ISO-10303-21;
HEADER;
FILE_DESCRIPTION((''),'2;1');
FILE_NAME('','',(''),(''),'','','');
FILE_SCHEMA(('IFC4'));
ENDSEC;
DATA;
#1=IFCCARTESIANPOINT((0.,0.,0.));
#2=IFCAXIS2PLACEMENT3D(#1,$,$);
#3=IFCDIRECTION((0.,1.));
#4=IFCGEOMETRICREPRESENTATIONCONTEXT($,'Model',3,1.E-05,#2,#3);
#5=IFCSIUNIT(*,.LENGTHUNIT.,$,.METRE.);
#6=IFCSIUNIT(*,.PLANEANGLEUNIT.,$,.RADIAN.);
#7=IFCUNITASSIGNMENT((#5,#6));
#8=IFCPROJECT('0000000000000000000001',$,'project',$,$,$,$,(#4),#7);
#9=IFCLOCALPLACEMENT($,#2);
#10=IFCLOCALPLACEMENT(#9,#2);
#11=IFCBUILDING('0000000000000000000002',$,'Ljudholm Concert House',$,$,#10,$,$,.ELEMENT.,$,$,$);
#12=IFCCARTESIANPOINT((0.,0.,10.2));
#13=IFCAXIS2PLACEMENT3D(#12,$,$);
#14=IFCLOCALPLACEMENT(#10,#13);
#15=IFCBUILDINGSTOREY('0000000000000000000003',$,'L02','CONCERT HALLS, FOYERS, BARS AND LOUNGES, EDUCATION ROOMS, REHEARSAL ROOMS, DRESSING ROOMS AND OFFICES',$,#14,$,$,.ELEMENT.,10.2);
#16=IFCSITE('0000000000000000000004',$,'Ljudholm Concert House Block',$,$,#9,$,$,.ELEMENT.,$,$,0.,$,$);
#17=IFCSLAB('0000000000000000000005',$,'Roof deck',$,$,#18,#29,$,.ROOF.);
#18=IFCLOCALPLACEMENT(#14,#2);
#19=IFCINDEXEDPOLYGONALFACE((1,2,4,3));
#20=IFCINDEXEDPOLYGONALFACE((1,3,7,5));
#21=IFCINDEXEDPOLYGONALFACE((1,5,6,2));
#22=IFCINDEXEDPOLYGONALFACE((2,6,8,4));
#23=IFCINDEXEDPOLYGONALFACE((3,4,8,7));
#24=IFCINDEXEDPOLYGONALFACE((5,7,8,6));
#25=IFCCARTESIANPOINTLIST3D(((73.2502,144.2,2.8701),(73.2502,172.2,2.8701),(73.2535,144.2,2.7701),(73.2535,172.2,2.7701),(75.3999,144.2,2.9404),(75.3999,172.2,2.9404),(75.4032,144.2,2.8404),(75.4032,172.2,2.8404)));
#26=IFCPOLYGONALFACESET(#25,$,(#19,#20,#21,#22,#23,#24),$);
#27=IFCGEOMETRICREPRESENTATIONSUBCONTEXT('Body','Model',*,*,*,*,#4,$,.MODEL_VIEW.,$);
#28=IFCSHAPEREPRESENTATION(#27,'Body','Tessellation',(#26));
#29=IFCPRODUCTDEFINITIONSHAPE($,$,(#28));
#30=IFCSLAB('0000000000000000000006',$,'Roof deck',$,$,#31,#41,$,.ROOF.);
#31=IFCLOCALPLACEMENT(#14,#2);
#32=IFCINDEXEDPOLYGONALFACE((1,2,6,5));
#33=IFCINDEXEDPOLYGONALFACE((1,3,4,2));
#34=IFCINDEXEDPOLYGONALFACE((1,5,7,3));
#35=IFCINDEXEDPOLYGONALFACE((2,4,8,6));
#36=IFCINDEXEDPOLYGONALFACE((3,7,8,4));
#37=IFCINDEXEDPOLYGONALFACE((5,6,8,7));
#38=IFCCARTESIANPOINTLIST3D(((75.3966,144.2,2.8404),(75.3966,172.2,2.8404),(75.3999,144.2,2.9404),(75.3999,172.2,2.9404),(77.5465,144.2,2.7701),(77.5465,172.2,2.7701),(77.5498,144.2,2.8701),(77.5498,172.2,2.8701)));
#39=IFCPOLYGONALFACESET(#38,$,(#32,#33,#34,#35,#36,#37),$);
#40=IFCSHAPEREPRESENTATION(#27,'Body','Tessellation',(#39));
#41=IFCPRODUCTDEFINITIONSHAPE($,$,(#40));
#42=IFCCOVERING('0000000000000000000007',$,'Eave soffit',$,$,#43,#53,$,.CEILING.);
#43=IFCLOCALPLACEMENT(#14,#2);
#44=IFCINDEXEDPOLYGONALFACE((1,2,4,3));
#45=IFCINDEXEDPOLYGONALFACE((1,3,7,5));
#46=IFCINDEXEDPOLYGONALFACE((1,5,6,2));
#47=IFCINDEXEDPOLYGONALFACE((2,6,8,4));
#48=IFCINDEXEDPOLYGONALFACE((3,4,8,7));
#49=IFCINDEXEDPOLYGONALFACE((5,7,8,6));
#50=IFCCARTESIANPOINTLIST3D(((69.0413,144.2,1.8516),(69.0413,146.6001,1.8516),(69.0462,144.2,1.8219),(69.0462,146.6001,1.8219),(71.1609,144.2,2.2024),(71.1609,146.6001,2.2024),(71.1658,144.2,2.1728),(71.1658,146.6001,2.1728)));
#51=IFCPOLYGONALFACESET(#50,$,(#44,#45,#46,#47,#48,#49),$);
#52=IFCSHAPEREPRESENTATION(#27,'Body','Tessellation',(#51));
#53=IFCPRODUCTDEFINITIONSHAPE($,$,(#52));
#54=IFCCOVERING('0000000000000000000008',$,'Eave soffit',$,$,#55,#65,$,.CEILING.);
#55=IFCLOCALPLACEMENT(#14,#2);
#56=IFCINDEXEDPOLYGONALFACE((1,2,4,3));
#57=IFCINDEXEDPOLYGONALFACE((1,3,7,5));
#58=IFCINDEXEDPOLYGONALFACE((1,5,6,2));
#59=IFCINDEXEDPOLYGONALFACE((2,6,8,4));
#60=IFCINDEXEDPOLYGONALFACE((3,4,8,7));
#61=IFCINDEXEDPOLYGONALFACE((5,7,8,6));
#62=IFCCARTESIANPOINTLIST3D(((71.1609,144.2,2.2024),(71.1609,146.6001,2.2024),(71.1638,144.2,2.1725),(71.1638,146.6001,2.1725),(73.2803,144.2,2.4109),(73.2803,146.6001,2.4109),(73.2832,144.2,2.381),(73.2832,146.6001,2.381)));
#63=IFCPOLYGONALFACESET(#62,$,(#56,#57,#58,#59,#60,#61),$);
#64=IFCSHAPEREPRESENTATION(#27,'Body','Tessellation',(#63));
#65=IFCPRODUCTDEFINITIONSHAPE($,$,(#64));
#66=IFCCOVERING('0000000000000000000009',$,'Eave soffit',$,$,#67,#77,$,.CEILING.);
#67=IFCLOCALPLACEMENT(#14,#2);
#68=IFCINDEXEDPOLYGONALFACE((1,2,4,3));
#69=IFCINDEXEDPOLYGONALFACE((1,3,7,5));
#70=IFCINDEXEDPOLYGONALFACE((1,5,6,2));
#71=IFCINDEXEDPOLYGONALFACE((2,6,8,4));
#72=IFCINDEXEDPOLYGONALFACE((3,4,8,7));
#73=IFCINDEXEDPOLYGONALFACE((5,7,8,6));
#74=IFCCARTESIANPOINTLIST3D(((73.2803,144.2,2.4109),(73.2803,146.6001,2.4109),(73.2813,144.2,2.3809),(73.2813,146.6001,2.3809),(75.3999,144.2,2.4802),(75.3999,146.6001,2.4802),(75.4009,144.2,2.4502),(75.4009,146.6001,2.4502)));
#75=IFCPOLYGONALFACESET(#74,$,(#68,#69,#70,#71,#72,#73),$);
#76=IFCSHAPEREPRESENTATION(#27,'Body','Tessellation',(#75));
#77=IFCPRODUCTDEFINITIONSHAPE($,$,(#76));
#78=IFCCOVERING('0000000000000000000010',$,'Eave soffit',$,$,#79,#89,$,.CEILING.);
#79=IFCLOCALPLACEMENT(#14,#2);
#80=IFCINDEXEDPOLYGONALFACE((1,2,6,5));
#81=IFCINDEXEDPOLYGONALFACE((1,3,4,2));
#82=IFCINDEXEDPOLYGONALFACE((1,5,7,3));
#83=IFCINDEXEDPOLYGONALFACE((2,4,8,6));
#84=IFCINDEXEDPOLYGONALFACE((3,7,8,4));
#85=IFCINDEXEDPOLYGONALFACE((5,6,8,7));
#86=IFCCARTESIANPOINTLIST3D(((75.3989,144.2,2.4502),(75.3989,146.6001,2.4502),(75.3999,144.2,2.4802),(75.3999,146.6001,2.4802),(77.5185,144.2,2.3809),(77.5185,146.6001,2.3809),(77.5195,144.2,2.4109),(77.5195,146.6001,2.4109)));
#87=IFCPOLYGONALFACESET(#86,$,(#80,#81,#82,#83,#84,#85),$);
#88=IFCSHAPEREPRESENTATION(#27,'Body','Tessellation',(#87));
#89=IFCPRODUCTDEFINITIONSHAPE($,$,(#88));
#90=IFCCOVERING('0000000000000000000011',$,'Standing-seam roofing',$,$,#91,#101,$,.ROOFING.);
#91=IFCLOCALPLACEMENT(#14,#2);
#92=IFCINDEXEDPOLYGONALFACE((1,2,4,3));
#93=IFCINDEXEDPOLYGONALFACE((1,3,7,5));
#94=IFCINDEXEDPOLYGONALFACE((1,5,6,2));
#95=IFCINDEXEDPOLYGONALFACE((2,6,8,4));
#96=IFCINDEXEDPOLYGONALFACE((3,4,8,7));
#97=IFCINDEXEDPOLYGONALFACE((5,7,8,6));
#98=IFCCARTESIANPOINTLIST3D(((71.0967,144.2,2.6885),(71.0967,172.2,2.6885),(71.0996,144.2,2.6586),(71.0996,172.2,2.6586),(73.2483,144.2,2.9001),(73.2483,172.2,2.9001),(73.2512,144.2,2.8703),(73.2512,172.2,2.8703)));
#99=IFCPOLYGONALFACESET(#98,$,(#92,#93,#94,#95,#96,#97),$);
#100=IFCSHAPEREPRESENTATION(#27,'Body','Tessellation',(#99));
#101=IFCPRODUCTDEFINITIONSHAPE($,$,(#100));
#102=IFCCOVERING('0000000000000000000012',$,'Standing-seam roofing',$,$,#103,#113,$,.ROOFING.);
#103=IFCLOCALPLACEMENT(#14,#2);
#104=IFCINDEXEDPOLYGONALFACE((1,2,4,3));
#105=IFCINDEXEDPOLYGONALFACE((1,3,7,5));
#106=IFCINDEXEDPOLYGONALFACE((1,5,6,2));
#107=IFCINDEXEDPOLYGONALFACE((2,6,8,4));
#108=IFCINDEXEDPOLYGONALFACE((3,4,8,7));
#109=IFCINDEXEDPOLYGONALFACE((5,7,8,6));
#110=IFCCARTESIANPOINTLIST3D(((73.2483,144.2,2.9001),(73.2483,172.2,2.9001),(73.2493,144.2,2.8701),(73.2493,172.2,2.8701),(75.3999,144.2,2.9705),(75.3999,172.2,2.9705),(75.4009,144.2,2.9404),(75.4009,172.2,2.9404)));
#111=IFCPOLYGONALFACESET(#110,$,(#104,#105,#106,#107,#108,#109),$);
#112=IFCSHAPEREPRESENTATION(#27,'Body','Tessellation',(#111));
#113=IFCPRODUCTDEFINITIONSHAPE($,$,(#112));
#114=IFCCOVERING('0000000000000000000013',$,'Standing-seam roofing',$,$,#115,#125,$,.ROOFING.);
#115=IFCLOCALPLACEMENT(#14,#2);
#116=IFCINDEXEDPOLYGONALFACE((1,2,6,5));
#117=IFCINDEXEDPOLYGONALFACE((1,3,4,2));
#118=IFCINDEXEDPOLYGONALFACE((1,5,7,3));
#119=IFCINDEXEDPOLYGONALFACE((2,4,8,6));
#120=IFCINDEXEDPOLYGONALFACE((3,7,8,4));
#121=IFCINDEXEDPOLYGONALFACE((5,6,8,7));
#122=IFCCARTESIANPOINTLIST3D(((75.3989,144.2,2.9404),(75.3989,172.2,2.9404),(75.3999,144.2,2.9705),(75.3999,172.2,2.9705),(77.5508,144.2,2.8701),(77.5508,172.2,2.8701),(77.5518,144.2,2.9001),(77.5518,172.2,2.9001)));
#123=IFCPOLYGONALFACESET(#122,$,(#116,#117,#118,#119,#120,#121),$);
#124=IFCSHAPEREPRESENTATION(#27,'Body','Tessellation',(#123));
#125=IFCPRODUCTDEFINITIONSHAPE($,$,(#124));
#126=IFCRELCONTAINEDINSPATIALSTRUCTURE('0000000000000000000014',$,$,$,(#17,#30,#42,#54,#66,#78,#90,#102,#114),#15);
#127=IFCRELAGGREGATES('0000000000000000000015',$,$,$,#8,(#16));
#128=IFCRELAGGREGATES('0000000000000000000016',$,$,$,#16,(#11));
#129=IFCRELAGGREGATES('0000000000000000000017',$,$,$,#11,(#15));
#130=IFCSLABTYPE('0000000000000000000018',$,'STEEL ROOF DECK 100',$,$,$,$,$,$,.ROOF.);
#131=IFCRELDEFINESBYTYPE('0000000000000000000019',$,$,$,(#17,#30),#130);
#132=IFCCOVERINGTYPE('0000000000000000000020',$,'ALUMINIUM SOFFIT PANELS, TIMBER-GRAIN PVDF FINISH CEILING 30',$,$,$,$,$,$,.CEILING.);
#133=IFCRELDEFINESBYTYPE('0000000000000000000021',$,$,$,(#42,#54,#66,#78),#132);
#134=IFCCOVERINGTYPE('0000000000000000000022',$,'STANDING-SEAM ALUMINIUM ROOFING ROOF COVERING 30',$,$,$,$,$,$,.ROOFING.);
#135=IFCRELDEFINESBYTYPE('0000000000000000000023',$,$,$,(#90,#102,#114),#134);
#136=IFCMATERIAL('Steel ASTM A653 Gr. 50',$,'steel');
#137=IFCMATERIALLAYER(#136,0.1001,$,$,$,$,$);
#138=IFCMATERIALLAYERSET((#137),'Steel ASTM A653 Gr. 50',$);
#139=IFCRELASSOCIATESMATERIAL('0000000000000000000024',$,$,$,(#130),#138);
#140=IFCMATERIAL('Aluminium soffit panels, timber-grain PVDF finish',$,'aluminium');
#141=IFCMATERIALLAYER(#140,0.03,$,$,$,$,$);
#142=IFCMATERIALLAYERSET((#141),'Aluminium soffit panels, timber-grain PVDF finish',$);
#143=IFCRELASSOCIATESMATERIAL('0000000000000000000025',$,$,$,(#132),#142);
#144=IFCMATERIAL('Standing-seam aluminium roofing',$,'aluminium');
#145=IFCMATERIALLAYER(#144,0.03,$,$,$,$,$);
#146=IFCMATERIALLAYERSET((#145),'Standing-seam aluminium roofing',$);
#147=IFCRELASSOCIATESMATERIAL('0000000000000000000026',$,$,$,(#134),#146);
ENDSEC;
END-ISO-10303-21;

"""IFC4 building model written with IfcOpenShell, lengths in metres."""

from ifc_helpers import new_model, si_unit, direction, frame, origin, place, context, subcontext, project, spatial, polyline, outline, extrude, material, layer, layer_set, type_object, element, save


model = new_model("IFC4")

# Units and contexts
model_context = context("Model", 3, precision=1e-05, world=origin(), true_north=direction((0.0, 1.0)))
body_context = subcontext(model_context, "Body", "Model", "MODEL_VIEW")
ifc_project = project(units=[si_unit("LENGTHUNIT", "METRE"), si_unit("PLANEANGLEUNIT", "RADIAN")], contexts=[model_context])

# Site, building, storey
site_placement = place(None, origin())
site = spatial("IfcSite", under=ifc_project, at=site_placement, Name="Ljudholm Concert House Block", CompositionType="ELEMENT", RefElevation=0.0)
building_placement = place(site_placement, origin())
building = spatial("IfcBuilding", under=site, at=building_placement, Name="Ljudholm Concert House", CompositionType="ELEMENT")
storey_placement = place(building_placement, frame((0.0, 0.0, 10.2)))
storey = spatial("IfcBuildingStorey", under=building, at=storey_placement, Name="L02", Description="CONCERT HALLS, FOYERS, BARS AND LOUNGES, EDUCATION ROOMS, REHEARSAL ROOMS, DRESSING ROOMS AND OFFICES", CompositionType="ELEMENT", Elevation=10.2)

# Slabs
ifc_material_1 = material(Name="Steel ASTM A653 Gr. 50", Category="steel")
ifc_layer_1 = layer(ifc_material_1, 0.1001)
ifc_layer_set_1 = layer_set([ifc_layer_1], Name="Steel ASTM A653 Gr. 50")
slab_type = type_object("IfcSlabType", Name="STEEL ROOF DECK 100", PredefinedType="ROOF", material=ifc_layer_set_1)
slab_1_placement = place(storey_placement, frame((73.2502, 144.2, 2.8701), z_axis=(-0.032691, 0.0, 0.999465), x_axis=(0.999465, 0.0, 0.032691)))
element("IfcSlab", 1, at=slab_1_placement, inside=storey, type_object=slab_type, Name="Roof deck", PredefinedType="ROOF", context=body_context, shape_type="SweptSolid", body=[
    extrude(outline(polyline([(0.0, 0.0), (2.1508, 0.0), (2.1508, 28.0), (0.0, 28.0), (0.0, 0.0)])), origin(), (0.0, 0.0, -1.0), 0.1001),
])
slab_2_placement = place(storey_placement, frame((75.3999, 144.2, 2.9404), z_axis=(0.032687, 0.0, 0.999466), x_axis=(0.999466, 0.0, -0.032687)))
element("IfcSlab", 2, at=slab_2_placement, inside=storey, type_object=slab_type, Name="Roof deck", PredefinedType="ROOF", context=body_context, shape_type="SweptSolid", body=[
    extrude(outline(polyline([(0.0, 0.0), (2.1511, 0.0), (2.1511, 28.0), (0.0, 28.0), (0.0, 0.0)])), origin(), (0.0, 0.0, -1.0), 0.1001),
])

# Coverings
ifc_material_2 = material(Name="Aluminium soffit panels, timber-grain PVDF finish", Category="aluminium")
ifc_layer_2 = layer(ifc_material_2, 0.03)
ifc_layer_set_2 = layer_set([ifc_layer_2], Name="Aluminium soffit panels, timber-grain PVDF finish")
covering_type_1 = type_object("IfcCoveringType", Name="ALUMINIUM SOFFIT PANELS, TIMBER-GRAIN PVDF FINISH CEILING 30", PredefinedType="CEILING", material=ifc_layer_set_2)
covering_1_placement = place(storey_placement, frame((69.0413, 144.2, 1.8516), z_axis=(-0.163293, 0.0, 0.986578), x_axis=(0.986578, 0.0, 0.163293)))
element("IfcCovering", 3, at=covering_1_placement, inside=storey, type_object=covering_type_1, Name="Eave soffit", PredefinedType="CEILING", context=body_context, shape_type="SweptSolid", body=[
    extrude(outline(polyline([(0.0, 0.0), (2.1485, 0.0), (2.1485, 2.4001), (0.0, 2.4001), (0.0, 0.0)])), origin(), (0.0, 0.0, -1.0), 0.03),
])
covering_2_placement = place(storey_placement, frame((71.1609, 144.2, 2.2024), z_axis=(-0.097903, 0.0, 0.995196), x_axis=(0.995196, 0.0, 0.097903)))
element("IfcCovering", 4, at=covering_2_placement, inside=storey, type_object=covering_type_1, Name="Eave soffit", PredefinedType="CEILING", context=body_context, shape_type="SweptSolid", body=[
    extrude(outline(polyline([(0.0, 0.0), (2.1296, 0.0), (2.1296, 2.4001), (0.0, 2.4001), (0.0, 0.0)])), origin(), (0.0, 0.0, -1.0), 0.03),
])
for number, where, z_axis, x_axis, name in (
    (5, (73.2803, 144.2, 2.4109), (-0.032694, 0.0, 0.999465), (0.999465, 0.0, 0.032694), "Eave soffit"),
    (6, (75.3999, 144.2, 2.4802), (0.032694, 0.0, 0.999465), (0.999465, 0.0, -0.032694), "Eave soffit"),
):
    element("IfcCovering", number, at=place(storey_placement, frame(where, z_axis=z_axis, x_axis=x_axis)), inside=storey, type_object=covering_type_1, Name=name, PredefinedType="CEILING", context=body_context, shape_type="SweptSolid", body=[
        extrude(outline(polyline([(0.0, 0.0), (2.1208, 0.0), (2.1208, 2.4001), (0.0, 2.4001), (0.0, 0.0)])), origin(), (0.0, 0.0, -1.0), 0.03),
    ])
ifc_material_3 = material(Name="Standing-seam aluminium roofing", Category="aluminium")
ifc_layer_3 = layer(ifc_material_3, 0.03)
ifc_layer_set_3 = layer_set([ifc_layer_3], Name="Standing-seam aluminium roofing")
covering_type_2 = type_object("IfcCoveringType", Name="STANDING-SEAM ALUMINIUM ROOFING ROOF COVERING 30", PredefinedType="ROOFING", material=ifc_layer_set_3)
covering_3_placement = place(storey_placement, frame((71.0967, 144.2, 2.6885), z_axis=(-0.097905, 0.0, 0.995196), x_axis=(0.995196, 0.0, 0.097905)))
element("IfcCovering", 7, at=covering_3_placement, inside=storey, type_object=covering_type_2, Name="Standing-seam roofing", PredefinedType="ROOFING", context=body_context, shape_type="SweptSolid", body=[
    extrude(outline(polyline([(0.0, 0.0), (2.162, 0.0), (2.162, 28.0), (0.0, 28.0), (0.0, 0.0)])), origin(), (0.0, 0.0, -1.0), 0.03),
])
covering_4_placement = place(storey_placement, frame((73.2483, 144.2, 2.9001), z_axis=(-0.032662, 0.0, 0.999466), x_axis=(0.999466, 0.0, 0.032662)))
element("IfcCovering", 8, at=covering_4_placement, inside=storey, type_object=covering_type_2, Name="Standing-seam roofing", PredefinedType="ROOFING", context=body_context, shape_type="SweptSolid", body=[
    extrude(outline(polyline([(0.0, 0.0), (2.1528, 0.0), (2.1528, 28.0), (0.0, 28.0), (0.0, 0.0)])), origin(), (0.0, 0.0, -1.0), 0.03),
])
covering_5_placement = place(storey_placement, frame((75.3999, 144.2, 2.9705), z_axis=(0.032658, 0.0, 0.999467), x_axis=(0.999467, 0.0, -0.032658)))
element("IfcCovering", 9, at=covering_5_placement, inside=storey, type_object=covering_type_2, Name="Standing-seam roofing", PredefinedType="ROOFING", context=body_context, shape_type="SweptSolid", body=[
    extrude(outline(polyline([(0.0, 0.0), (2.153, 0.0), (2.153, 28.0), (0.0, 28.0), (0.0, 0.0)])), origin(), (0.0, 0.0, -1.0), 0.03),
])

save(model, "model.ifc")
